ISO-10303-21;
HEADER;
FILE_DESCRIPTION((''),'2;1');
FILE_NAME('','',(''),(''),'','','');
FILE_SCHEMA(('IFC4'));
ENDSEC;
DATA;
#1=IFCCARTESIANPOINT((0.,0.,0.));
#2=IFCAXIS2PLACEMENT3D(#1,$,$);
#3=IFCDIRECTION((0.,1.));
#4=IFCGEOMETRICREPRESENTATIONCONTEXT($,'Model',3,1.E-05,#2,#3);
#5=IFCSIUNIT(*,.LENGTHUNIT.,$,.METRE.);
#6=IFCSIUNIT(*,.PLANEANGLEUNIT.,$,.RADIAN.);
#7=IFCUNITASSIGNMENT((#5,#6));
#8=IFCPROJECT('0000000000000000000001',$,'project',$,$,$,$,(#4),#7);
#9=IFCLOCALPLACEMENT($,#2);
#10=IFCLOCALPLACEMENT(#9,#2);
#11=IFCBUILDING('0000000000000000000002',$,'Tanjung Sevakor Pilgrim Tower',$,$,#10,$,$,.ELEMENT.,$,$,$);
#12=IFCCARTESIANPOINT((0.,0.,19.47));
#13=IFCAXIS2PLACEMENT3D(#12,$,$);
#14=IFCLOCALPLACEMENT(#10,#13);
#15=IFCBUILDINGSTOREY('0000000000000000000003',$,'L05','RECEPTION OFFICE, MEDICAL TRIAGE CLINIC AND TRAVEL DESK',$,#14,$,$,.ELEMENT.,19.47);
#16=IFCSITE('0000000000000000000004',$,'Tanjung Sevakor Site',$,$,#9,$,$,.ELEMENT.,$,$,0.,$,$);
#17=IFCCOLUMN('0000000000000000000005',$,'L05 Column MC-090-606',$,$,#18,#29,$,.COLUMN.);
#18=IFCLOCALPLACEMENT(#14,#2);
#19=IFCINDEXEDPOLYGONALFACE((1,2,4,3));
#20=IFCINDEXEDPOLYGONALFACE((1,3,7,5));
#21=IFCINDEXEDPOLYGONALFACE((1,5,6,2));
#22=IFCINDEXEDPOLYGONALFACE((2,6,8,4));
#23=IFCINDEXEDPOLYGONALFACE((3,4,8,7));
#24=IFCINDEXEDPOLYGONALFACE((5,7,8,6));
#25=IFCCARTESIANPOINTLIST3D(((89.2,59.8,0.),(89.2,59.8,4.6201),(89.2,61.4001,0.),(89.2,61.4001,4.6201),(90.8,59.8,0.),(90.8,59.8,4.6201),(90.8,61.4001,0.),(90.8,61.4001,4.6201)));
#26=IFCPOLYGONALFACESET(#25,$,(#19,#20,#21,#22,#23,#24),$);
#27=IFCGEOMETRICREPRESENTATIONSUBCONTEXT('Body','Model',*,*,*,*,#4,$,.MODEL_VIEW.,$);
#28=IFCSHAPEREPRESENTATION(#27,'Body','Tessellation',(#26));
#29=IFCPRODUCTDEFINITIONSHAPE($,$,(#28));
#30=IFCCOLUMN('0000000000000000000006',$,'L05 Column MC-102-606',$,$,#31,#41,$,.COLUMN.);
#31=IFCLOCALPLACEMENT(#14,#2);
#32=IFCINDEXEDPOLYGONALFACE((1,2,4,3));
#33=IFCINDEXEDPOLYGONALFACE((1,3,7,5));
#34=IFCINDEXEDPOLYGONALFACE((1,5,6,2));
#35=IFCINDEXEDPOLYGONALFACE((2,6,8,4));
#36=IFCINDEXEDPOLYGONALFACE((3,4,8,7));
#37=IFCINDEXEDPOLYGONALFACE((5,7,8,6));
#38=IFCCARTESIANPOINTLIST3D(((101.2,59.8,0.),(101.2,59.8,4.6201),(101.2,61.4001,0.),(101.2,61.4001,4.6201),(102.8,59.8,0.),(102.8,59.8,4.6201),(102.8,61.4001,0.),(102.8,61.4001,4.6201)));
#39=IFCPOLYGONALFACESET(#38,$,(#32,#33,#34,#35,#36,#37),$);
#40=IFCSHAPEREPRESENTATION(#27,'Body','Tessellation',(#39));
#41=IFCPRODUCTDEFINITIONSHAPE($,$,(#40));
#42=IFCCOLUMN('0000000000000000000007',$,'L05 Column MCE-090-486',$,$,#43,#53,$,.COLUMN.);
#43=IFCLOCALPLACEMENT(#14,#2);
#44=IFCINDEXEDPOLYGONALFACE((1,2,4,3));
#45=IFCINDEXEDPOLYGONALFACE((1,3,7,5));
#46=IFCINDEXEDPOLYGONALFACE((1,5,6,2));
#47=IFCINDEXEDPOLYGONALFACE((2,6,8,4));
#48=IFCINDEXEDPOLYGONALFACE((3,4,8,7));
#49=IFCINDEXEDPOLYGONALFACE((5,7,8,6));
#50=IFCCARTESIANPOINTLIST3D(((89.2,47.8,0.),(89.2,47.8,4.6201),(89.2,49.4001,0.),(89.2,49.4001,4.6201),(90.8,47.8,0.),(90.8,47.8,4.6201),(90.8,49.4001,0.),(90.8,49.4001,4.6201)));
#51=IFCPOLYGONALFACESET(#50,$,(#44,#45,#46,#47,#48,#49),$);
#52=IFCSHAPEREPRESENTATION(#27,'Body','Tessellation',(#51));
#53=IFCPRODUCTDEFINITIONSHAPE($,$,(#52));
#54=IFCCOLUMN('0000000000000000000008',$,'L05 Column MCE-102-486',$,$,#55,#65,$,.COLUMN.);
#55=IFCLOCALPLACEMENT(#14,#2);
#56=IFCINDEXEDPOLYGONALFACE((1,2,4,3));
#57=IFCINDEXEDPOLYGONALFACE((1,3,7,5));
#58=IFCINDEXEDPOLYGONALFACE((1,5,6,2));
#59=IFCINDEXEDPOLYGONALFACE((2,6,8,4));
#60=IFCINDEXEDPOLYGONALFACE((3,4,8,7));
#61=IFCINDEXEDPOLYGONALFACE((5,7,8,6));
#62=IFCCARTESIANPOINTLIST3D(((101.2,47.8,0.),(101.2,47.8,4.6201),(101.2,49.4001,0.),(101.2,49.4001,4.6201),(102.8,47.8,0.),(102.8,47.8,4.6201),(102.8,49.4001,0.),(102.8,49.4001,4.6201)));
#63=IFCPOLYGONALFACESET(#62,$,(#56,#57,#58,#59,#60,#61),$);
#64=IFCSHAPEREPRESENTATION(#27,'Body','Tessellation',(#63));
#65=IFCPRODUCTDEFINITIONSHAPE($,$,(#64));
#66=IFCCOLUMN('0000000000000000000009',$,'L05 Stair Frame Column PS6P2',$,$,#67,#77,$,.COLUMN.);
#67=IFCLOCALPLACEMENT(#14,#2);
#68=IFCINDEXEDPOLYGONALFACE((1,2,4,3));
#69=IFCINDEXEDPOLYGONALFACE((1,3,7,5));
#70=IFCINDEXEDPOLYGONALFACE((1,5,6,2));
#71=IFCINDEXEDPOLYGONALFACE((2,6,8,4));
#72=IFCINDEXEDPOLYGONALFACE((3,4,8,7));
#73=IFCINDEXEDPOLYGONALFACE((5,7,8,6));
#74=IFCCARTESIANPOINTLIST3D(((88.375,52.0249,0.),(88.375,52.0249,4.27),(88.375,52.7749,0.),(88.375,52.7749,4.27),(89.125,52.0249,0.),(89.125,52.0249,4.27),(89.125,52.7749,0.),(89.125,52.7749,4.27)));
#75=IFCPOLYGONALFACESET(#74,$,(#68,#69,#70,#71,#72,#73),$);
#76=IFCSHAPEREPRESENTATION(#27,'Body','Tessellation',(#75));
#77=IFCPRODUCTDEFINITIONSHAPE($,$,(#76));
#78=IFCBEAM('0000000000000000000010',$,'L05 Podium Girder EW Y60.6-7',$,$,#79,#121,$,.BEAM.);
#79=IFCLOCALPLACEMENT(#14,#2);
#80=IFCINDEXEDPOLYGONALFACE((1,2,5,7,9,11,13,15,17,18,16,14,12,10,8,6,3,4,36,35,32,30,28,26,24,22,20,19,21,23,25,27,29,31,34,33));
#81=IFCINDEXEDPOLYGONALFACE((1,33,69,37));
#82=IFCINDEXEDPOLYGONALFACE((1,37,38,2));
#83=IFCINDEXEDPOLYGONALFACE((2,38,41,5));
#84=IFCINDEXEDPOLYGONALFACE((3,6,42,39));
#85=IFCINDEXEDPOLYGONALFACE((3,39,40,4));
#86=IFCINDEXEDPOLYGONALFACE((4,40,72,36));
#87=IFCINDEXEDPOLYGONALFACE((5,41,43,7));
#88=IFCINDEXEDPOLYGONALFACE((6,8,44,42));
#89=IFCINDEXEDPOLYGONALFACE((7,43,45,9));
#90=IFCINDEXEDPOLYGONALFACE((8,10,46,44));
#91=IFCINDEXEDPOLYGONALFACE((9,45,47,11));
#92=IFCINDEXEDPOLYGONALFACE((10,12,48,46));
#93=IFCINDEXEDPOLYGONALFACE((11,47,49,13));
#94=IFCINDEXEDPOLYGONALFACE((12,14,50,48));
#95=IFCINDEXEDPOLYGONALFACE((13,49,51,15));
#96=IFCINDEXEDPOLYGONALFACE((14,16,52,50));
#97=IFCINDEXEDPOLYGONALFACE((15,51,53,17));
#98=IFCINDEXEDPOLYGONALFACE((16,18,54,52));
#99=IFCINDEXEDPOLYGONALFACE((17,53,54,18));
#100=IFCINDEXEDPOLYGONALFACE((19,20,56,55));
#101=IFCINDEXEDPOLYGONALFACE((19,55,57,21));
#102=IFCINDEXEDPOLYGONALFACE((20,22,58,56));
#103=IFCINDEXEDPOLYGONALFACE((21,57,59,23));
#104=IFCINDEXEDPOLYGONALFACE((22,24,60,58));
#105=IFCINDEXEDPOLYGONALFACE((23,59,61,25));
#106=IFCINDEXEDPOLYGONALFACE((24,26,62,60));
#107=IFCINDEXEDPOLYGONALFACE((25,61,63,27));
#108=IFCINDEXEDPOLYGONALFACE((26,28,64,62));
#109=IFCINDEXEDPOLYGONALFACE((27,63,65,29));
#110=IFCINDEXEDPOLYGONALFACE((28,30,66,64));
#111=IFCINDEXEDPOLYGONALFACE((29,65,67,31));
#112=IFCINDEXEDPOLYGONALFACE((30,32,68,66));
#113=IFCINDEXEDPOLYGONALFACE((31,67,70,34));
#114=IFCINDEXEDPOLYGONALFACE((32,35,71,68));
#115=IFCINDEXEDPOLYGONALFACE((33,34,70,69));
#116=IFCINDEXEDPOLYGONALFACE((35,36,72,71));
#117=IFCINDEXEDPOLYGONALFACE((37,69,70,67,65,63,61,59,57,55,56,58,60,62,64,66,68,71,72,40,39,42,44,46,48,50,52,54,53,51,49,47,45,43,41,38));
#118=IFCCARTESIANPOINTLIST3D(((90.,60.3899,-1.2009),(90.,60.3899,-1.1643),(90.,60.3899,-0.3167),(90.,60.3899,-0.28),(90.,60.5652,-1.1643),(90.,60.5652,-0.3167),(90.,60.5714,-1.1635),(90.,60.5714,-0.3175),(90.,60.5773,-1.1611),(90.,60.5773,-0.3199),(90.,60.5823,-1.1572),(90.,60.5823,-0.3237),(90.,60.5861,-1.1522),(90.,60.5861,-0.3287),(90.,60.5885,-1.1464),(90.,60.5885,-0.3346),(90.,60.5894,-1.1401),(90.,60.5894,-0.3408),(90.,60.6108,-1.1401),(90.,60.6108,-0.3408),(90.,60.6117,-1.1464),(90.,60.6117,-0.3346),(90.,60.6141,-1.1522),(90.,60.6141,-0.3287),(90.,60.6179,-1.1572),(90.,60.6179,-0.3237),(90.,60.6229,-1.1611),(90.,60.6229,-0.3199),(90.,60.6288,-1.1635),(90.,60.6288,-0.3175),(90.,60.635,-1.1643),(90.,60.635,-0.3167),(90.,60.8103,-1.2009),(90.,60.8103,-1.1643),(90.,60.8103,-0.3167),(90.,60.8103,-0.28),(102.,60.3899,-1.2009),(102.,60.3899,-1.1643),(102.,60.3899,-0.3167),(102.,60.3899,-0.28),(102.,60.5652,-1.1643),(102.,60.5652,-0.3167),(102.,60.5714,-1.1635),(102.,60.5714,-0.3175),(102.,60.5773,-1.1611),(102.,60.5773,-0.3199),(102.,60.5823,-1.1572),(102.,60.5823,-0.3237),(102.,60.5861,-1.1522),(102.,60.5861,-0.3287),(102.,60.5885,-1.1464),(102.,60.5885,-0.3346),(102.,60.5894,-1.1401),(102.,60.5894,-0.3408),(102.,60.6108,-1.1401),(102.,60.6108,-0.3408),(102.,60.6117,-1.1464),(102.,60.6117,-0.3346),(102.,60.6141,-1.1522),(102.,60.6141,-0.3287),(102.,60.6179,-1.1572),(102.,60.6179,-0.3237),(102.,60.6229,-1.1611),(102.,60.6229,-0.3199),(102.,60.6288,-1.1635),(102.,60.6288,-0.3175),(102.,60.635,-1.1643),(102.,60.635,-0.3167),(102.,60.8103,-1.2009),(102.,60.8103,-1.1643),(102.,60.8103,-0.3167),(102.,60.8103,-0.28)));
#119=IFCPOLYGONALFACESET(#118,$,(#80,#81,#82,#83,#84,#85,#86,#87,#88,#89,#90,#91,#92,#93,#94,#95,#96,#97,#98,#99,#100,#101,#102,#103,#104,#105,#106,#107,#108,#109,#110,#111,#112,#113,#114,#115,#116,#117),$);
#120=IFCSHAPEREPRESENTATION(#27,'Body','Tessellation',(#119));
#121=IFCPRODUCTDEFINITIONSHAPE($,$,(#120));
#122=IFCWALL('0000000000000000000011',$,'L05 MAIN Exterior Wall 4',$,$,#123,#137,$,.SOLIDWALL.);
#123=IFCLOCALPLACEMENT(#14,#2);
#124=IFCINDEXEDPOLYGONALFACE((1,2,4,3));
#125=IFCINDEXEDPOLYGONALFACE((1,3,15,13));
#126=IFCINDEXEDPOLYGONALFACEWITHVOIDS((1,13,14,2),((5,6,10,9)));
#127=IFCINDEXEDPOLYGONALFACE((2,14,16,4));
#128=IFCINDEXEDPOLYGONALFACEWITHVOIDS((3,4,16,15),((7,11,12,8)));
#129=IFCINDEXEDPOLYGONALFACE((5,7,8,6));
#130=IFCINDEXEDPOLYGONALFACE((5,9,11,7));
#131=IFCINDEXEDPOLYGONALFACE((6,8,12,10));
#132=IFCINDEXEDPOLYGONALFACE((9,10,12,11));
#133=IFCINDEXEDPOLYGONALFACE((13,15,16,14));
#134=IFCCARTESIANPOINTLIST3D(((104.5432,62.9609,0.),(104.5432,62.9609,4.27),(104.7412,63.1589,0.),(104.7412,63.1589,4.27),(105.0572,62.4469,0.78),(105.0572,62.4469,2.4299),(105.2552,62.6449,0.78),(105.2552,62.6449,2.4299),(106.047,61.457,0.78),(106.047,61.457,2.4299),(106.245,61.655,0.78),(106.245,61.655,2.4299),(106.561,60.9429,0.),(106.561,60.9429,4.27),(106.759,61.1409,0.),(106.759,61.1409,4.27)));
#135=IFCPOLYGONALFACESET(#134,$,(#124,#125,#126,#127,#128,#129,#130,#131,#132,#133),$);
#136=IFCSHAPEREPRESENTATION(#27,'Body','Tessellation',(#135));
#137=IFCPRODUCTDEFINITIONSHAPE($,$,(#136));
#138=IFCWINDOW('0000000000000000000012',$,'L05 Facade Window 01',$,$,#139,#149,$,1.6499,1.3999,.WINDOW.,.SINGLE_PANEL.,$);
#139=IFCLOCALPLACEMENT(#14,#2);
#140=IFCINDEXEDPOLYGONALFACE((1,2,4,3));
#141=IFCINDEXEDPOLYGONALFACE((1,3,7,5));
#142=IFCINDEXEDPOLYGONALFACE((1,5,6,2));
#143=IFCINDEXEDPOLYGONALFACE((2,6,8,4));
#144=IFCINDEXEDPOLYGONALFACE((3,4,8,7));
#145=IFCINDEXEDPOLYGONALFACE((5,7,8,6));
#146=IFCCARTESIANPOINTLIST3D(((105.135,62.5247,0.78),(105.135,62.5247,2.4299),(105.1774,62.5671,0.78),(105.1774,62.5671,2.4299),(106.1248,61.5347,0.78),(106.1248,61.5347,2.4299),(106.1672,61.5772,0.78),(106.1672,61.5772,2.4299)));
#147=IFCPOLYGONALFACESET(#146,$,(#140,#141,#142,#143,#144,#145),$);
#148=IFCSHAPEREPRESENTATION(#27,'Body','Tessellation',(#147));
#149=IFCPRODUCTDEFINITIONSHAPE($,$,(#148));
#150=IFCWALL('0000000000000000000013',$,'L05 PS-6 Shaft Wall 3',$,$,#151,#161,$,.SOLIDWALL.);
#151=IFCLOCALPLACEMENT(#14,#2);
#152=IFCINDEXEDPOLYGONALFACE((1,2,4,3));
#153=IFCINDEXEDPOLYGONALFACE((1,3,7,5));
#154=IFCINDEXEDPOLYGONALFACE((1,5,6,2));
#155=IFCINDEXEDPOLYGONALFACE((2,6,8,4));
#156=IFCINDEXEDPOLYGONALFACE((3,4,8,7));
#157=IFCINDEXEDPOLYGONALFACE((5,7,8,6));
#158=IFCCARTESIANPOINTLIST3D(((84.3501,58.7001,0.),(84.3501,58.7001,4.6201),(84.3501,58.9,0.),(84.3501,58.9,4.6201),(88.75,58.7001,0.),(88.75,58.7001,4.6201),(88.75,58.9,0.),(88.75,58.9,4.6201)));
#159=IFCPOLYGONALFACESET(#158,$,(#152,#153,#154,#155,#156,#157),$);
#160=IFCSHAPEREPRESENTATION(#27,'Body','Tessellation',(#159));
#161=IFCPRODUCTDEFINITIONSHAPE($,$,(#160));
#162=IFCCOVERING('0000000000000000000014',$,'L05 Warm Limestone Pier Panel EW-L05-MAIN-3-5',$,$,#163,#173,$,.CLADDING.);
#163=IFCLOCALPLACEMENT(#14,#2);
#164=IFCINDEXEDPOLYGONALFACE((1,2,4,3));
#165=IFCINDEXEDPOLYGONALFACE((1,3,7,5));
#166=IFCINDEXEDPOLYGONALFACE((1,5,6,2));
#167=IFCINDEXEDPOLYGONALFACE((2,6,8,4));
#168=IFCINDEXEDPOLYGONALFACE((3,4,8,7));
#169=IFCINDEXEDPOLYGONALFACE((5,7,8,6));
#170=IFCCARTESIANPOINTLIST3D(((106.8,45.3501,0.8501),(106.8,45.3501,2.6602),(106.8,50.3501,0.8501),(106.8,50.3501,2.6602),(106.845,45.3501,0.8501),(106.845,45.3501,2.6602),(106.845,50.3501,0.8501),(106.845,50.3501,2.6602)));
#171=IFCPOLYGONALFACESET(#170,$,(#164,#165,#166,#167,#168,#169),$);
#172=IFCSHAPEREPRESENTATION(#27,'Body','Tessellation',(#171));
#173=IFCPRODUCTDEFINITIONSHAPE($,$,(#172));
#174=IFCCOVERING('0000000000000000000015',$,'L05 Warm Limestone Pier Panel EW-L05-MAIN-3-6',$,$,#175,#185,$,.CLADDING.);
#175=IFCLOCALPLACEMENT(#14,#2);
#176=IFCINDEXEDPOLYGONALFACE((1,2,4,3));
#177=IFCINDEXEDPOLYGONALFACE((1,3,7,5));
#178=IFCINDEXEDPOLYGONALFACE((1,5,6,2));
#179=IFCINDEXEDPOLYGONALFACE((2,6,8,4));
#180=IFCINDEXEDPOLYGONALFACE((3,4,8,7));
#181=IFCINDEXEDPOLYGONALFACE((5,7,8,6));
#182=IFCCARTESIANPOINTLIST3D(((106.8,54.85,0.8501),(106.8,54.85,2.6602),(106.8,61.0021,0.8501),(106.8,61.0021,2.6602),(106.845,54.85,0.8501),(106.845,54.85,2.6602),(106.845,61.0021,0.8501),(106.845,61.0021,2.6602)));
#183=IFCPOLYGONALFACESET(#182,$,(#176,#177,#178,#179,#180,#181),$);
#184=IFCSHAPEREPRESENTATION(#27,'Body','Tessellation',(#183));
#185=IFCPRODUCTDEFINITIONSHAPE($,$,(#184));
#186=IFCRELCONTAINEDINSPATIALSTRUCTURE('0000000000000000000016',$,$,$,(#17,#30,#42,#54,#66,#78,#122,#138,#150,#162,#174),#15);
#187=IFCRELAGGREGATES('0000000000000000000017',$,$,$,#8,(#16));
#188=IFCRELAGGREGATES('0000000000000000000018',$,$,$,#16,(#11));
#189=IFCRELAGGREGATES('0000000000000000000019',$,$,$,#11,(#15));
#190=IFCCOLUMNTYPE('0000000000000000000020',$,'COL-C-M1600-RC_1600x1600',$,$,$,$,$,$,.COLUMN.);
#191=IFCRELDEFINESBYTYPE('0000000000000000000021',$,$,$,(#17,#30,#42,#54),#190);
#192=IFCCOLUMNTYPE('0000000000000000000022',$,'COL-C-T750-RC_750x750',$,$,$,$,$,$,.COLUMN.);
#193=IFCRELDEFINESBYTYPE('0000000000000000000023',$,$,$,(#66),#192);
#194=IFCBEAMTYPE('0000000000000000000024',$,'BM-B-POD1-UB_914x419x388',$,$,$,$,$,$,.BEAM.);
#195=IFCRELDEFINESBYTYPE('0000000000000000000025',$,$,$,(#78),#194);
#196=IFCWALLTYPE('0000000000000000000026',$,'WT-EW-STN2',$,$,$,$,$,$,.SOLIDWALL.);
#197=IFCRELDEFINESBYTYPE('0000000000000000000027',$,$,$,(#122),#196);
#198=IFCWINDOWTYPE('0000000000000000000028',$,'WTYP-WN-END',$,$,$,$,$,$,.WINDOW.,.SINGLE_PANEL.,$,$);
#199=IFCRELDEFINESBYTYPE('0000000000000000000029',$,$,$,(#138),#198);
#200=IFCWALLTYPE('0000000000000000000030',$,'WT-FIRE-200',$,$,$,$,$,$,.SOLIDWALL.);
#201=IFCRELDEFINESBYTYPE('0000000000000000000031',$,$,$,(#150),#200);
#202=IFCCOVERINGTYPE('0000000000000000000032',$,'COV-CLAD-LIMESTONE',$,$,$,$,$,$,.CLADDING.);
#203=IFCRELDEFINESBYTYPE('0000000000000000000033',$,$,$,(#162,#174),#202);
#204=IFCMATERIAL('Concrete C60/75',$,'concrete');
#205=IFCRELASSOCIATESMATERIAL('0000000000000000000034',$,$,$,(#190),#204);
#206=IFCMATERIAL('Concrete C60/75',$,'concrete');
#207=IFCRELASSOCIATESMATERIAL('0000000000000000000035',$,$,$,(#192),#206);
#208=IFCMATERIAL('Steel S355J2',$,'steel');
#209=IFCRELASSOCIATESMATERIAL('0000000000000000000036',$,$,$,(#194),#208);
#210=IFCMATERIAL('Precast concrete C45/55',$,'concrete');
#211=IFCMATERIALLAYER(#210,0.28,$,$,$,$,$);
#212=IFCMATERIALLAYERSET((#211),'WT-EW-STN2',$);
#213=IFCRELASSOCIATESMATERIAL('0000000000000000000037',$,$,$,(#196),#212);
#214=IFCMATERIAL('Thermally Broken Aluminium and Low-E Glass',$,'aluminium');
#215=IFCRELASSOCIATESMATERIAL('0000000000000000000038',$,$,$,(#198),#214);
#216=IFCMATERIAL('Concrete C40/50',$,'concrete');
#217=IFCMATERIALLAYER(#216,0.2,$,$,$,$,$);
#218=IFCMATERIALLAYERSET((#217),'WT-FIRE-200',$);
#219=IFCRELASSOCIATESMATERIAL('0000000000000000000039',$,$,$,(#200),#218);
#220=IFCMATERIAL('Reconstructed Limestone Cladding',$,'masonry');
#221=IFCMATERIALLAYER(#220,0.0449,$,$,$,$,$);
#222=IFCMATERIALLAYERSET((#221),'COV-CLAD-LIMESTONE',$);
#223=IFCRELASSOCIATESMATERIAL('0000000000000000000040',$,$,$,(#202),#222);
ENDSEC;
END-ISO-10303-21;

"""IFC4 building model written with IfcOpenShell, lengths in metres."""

from ifc_helpers import new_model, si_unit, direction, frame, frame_2d, origin, origin_2d, place, context, subcontext, project, spatial, rectangle, i_section, extrude, material, layer, layer_set, material_profile, profile_set, type_object, element, fill, save


model = new_model("IFC4")

# Units and contexts
model_context = context("Model", 3, precision=1e-05, world=origin(), true_north=direction((0.0, 1.0)))
body_context = subcontext(model_context, "Body", "Model", "MODEL_VIEW")
ifc_project = project(units=[si_unit("LENGTHUNIT", "METRE"), si_unit("PLANEANGLEUNIT", "RADIAN")], contexts=[model_context])

# Site, building, storey
site_placement = place(None, origin())
site = spatial("IfcSite", under=ifc_project, at=site_placement, Name="Tanjung Sevakor Site", CompositionType="ELEMENT", RefElevation=0.0)
building_placement = place(site_placement, origin())
building = spatial("IfcBuilding", under=site, at=building_placement, Name="Tanjung Sevakor Pilgrim Tower", CompositionType="ELEMENT")
storey_placement = place(building_placement, frame((0.0, 0.0, 19.47)))
storey = spatial("IfcBuildingStorey", under=building, at=storey_placement, Name="L05", Description="RECEPTION OFFICE, MEDICAL TRIAGE CLINIC AND TRAVEL DESK", CompositionType="ELEMENT", Elevation=19.47)

# Columns
ifc_material_1 = material(Name="Concrete C60/75", Category="concrete")
ifc_material_profile_1 = material_profile(ifc_material_1, rectangle(XDim=1.6001, YDim=1.6001, at=origin_2d()))
ifc_profile_set_1 = profile_set([ifc_material_profile_1], Name="Concrete C60/75")
column_type_1 = type_object("IfcColumnType", Name="COL-C-M1600-RC_1600x1600", PredefinedType="COLUMN", material=ifc_profile_set_1)
for number, where, z_axis, x_axis, name in (
    (1, (90.0, 60.6001, 0.0), (0.0, 0.0, 1.0), (1.0, 0.0, 0.0), "L05 Column MC-090-606"),
    (2, (102.0, 60.6001, 0.0), (0.0, 0.0, 1.0), (1.0, 0.0, 0.0), "L05 Column MC-102-606"),
    (3, (90.0, 48.6001, 0.0), (0.0, 0.0, 1.0), (1.0, 0.0, 0.0), "L05 Column MCE-090-486"),
    (4, (102.0, 48.6001, 0.0), (0.0, 0.0, 1.0), (1.0, 0.0, 0.0), "L05 Column MCE-102-486"),
):
    element("IfcColumn", number, at=place(storey_placement, frame(where, z_axis=z_axis, x_axis=x_axis)), inside=storey, type_object=column_type_1, Name=name, PredefinedType="COLUMN", context=body_context, shape_type="SweptSolid", body=[
        extrude(rectangle(XDim=1.6001, YDim=1.6001, at=origin_2d()), origin(), (0.0, 0.0, 1.0), 4.6201),
    ])
ifc_material_2 = material(Name="Concrete C60/75", Category="concrete")
ifc_material_profile_2 = material_profile(ifc_material_2, rectangle(XDim=0.75, YDim=0.75, at=origin_2d()))
ifc_profile_set_2 = profile_set([ifc_material_profile_2], Name="Concrete C60/75")
column_type_2 = type_object("IfcColumnType", Name="COL-C-T750-RC_750x750", PredefinedType="COLUMN", material=ifc_profile_set_2)
column_placement = place(storey_placement, frame((88.75, 52.3999, 0.0), z_axis=(0.0, 0.0, 1.0), x_axis=(1.0, 0.0, 0.0)))
element("IfcColumn", 5, at=column_placement, inside=storey, type_object=column_type_2, Name="L05 Stair Frame Column PS6P2", PredefinedType="COLUMN", context=body_context, shape_type="SweptSolid", body=[
    extrude(rectangle(XDim=0.75, YDim=0.75, at=origin_2d()), origin(), (0.0, 0.0, 1.0), 4.27),
])

# Beam
ifc_material_3 = material(Name="Steel S355J2", Category="steel")
ifc_material_profile_3 = material_profile(ifc_material_3, i_section(OverallWidth=0.4204, OverallDepth=0.9209, WebThickness=0.0215, FlangeThickness=0.0366, FilletRadius=0.0242, at=origin_2d()))
ifc_profile_set_3 = profile_set([ifc_material_profile_3], Name="Steel S355J2")
beam_type = type_object("IfcBeamType", Name="BM-B-POD1-UB_914x419x388", PredefinedType="BEAM", material=ifc_profile_set_3)
beam_placement = place(storey_placement, frame((90.0, 60.6001, -0.7405), z_axis=(1.0, 0.0, 0.0), x_axis=(0.0, 1.0, 0.0)))
element("IfcBeam", 6, at=beam_placement, inside=storey, type_object=beam_type, Name="L05 Podium Girder EW Y60.6-7", PredefinedType="BEAM", context=body_context, shape_type="SweptSolid", body=[
    extrude(i_section(OverallWidth=0.4204, OverallDepth=0.9209, WebThickness=0.0215, FlangeThickness=0.0366, FilletRadius=0.0242, at=origin_2d()), origin(), (0.0, 0.0, 1.0), 12.0),
])

# Wall, opening, window
ifc_material_4 = material(Name="Precast concrete C45/55", Category="concrete")
ifc_layer_1 = layer(ifc_material_4, 0.28)
ifc_layer_set_1 = layer_set([ifc_layer_1], Name="WT-EW-STN2")
wall_type_1 = type_object("IfcWallType", Name="WT-EW-STN2", PredefinedType="SOLIDWALL", material=ifc_layer_set_1)
wall_1_placement = place(storey_placement, frame((106.6599, 61.042, 0.0), z_axis=(0.0, 0.0, 1.0), x_axis=(-0.707064, 0.70715, 0.0)))
wall_1 = element("IfcWall", 7, at=wall_1_placement, inside=storey, type_object=wall_type_1, Name="L05 MAIN Exterior Wall 4", PredefinedType="SOLIDWALL", context=body_context, shape_type="SweptSolid", body=[
    extrude(rectangle(XDim=2.8538, YDim=0.28, at=frame_2d((1.4268, 0.0))), origin(), (0.0, 0.0, 1.0), 4.27),
])
opening_1_placement = place(wall_1_placement, frame((0.7268, 0.0, 0.78)))
opening_1 = element("IfcOpeningElement", 8, at=opening_1_placement, cuts=wall_1, PredefinedType="OPENING", context=body_context, shape_type="SweptSolid", body=[
    extrude(rectangle(XDim=1.3999, YDim=1.6499, at=frame_2d((0.7, 0.825))), frame((0.0, 0.1499, 0.0), z_axis=(0.0, -1.0, 0.0), x_axis=(1.0, 0.0, 0.0)), (0.0, 0.0, 1.0), 0.3),
])
ifc_material_5 = material(Name="Thermally Broken Aluminium and Low-E Glass", Category="aluminium")
window_type_1 = type_object("IfcWindowType", Name="WTYP-WN-END", PartitioningType="SINGLE_PANEL", PredefinedType="WINDOW", material=ifc_material_5)
window_1_placement = place(opening_1_placement, origin())
window_1 = element("IfcWindow", 9, at=window_1_placement, inside=storey, type_object=window_type_1, Name="L05 Facade Window 01", OverallHeight=1.6499, OverallWidth=1.3999, PartitioningType="SINGLE_PANEL", PredefinedType="WINDOW", context=body_context, shape_type="SweptSolid", body=[
    extrude(rectangle(XDim=1.3999, YDim=1.6499, at=frame_2d((0.7, 0.825))), frame((0.0, 0.03, 0.0), z_axis=(0.0, -1.0, 0.0), x_axis=(1.0, 0.0, 0.0)), (0.0, 0.0, 1.0), 0.0601),
])
fill(opening_1, window_1)

# Wall
ifc_material_6 = material(Name="Concrete C40/50", Category="concrete")
ifc_layer_2 = layer(ifc_material_6, 0.2)
ifc_layer_set_2 = layer_set([ifc_layer_2], Name="WT-FIRE-200")
wall_type_2 = type_object("IfcWallType", Name="WT-FIRE-200", PredefinedType="SOLIDWALL", material=ifc_layer_set_2)
wall_2_placement = place(storey_placement, frame((88.75, 58.8, 0.0), z_axis=(0.0, 0.0, 1.0), x_axis=(-1.0, 0.0, 0.0)))
element("IfcWall", 10, at=wall_2_placement, inside=storey, type_object=wall_type_2, Name="L05 PS-6 Shaft Wall 3", PredefinedType="SOLIDWALL", context=body_context, shape_type="SweptSolid", body=[
    extrude(rectangle(XDim=4.3999, YDim=0.2, at=frame_2d((2.2, 0.0))), origin(), (0.0, 0.0, 1.0), 4.6201),
])

# Coverings
ifc_material_7 = material(Name="Reconstructed Limestone Cladding", Category="masonry")
ifc_layer_3 = layer(ifc_material_7, 0.0449)
ifc_layer_set_3 = layer_set([ifc_layer_3], Name="COV-CLAD-LIMESTONE")
covering_type = type_object("IfcCoveringType", Name="COV-CLAD-LIMESTONE", PredefinedType="CLADDING", material=ifc_layer_set_3)
covering_1_placement = place(storey_placement, frame((106.8225, 47.8501, 0.8501), z_axis=(0.0, 0.0, 1.0), x_axis=(0.0, 1.0, 0.0)))
element("IfcCovering", 11, at=covering_1_placement, inside=storey, type_object=covering_type, Name="L05 Warm Limestone Pier Panel EW-L05-MAIN-3-5", PredefinedType="CLADDING", context=body_context, shape_type="SweptSolid", body=[
    extrude(rectangle(XDim=5.0, YDim=0.0449, at=origin_2d()), origin(), (0.0, 0.0, 1.0), 1.8101),
])
covering_2_placement = place(storey_placement, frame((106.8225, 57.926, 0.8501), z_axis=(0.0, 0.0, 1.0), x_axis=(0.0, 1.0, 0.0)))
element("IfcCovering", 12, at=covering_2_placement, inside=storey, type_object=covering_type, Name="L05 Warm Limestone Pier Panel EW-L05-MAIN-3-6", PredefinedType="CLADDING", context=body_context, shape_type="SweptSolid", body=[
    extrude(rectangle(XDim=6.1521, YDim=0.0449, at=origin_2d()), origin(), (0.0, 0.0, 1.0), 1.8101),
])

save(model, "model.ifc")
